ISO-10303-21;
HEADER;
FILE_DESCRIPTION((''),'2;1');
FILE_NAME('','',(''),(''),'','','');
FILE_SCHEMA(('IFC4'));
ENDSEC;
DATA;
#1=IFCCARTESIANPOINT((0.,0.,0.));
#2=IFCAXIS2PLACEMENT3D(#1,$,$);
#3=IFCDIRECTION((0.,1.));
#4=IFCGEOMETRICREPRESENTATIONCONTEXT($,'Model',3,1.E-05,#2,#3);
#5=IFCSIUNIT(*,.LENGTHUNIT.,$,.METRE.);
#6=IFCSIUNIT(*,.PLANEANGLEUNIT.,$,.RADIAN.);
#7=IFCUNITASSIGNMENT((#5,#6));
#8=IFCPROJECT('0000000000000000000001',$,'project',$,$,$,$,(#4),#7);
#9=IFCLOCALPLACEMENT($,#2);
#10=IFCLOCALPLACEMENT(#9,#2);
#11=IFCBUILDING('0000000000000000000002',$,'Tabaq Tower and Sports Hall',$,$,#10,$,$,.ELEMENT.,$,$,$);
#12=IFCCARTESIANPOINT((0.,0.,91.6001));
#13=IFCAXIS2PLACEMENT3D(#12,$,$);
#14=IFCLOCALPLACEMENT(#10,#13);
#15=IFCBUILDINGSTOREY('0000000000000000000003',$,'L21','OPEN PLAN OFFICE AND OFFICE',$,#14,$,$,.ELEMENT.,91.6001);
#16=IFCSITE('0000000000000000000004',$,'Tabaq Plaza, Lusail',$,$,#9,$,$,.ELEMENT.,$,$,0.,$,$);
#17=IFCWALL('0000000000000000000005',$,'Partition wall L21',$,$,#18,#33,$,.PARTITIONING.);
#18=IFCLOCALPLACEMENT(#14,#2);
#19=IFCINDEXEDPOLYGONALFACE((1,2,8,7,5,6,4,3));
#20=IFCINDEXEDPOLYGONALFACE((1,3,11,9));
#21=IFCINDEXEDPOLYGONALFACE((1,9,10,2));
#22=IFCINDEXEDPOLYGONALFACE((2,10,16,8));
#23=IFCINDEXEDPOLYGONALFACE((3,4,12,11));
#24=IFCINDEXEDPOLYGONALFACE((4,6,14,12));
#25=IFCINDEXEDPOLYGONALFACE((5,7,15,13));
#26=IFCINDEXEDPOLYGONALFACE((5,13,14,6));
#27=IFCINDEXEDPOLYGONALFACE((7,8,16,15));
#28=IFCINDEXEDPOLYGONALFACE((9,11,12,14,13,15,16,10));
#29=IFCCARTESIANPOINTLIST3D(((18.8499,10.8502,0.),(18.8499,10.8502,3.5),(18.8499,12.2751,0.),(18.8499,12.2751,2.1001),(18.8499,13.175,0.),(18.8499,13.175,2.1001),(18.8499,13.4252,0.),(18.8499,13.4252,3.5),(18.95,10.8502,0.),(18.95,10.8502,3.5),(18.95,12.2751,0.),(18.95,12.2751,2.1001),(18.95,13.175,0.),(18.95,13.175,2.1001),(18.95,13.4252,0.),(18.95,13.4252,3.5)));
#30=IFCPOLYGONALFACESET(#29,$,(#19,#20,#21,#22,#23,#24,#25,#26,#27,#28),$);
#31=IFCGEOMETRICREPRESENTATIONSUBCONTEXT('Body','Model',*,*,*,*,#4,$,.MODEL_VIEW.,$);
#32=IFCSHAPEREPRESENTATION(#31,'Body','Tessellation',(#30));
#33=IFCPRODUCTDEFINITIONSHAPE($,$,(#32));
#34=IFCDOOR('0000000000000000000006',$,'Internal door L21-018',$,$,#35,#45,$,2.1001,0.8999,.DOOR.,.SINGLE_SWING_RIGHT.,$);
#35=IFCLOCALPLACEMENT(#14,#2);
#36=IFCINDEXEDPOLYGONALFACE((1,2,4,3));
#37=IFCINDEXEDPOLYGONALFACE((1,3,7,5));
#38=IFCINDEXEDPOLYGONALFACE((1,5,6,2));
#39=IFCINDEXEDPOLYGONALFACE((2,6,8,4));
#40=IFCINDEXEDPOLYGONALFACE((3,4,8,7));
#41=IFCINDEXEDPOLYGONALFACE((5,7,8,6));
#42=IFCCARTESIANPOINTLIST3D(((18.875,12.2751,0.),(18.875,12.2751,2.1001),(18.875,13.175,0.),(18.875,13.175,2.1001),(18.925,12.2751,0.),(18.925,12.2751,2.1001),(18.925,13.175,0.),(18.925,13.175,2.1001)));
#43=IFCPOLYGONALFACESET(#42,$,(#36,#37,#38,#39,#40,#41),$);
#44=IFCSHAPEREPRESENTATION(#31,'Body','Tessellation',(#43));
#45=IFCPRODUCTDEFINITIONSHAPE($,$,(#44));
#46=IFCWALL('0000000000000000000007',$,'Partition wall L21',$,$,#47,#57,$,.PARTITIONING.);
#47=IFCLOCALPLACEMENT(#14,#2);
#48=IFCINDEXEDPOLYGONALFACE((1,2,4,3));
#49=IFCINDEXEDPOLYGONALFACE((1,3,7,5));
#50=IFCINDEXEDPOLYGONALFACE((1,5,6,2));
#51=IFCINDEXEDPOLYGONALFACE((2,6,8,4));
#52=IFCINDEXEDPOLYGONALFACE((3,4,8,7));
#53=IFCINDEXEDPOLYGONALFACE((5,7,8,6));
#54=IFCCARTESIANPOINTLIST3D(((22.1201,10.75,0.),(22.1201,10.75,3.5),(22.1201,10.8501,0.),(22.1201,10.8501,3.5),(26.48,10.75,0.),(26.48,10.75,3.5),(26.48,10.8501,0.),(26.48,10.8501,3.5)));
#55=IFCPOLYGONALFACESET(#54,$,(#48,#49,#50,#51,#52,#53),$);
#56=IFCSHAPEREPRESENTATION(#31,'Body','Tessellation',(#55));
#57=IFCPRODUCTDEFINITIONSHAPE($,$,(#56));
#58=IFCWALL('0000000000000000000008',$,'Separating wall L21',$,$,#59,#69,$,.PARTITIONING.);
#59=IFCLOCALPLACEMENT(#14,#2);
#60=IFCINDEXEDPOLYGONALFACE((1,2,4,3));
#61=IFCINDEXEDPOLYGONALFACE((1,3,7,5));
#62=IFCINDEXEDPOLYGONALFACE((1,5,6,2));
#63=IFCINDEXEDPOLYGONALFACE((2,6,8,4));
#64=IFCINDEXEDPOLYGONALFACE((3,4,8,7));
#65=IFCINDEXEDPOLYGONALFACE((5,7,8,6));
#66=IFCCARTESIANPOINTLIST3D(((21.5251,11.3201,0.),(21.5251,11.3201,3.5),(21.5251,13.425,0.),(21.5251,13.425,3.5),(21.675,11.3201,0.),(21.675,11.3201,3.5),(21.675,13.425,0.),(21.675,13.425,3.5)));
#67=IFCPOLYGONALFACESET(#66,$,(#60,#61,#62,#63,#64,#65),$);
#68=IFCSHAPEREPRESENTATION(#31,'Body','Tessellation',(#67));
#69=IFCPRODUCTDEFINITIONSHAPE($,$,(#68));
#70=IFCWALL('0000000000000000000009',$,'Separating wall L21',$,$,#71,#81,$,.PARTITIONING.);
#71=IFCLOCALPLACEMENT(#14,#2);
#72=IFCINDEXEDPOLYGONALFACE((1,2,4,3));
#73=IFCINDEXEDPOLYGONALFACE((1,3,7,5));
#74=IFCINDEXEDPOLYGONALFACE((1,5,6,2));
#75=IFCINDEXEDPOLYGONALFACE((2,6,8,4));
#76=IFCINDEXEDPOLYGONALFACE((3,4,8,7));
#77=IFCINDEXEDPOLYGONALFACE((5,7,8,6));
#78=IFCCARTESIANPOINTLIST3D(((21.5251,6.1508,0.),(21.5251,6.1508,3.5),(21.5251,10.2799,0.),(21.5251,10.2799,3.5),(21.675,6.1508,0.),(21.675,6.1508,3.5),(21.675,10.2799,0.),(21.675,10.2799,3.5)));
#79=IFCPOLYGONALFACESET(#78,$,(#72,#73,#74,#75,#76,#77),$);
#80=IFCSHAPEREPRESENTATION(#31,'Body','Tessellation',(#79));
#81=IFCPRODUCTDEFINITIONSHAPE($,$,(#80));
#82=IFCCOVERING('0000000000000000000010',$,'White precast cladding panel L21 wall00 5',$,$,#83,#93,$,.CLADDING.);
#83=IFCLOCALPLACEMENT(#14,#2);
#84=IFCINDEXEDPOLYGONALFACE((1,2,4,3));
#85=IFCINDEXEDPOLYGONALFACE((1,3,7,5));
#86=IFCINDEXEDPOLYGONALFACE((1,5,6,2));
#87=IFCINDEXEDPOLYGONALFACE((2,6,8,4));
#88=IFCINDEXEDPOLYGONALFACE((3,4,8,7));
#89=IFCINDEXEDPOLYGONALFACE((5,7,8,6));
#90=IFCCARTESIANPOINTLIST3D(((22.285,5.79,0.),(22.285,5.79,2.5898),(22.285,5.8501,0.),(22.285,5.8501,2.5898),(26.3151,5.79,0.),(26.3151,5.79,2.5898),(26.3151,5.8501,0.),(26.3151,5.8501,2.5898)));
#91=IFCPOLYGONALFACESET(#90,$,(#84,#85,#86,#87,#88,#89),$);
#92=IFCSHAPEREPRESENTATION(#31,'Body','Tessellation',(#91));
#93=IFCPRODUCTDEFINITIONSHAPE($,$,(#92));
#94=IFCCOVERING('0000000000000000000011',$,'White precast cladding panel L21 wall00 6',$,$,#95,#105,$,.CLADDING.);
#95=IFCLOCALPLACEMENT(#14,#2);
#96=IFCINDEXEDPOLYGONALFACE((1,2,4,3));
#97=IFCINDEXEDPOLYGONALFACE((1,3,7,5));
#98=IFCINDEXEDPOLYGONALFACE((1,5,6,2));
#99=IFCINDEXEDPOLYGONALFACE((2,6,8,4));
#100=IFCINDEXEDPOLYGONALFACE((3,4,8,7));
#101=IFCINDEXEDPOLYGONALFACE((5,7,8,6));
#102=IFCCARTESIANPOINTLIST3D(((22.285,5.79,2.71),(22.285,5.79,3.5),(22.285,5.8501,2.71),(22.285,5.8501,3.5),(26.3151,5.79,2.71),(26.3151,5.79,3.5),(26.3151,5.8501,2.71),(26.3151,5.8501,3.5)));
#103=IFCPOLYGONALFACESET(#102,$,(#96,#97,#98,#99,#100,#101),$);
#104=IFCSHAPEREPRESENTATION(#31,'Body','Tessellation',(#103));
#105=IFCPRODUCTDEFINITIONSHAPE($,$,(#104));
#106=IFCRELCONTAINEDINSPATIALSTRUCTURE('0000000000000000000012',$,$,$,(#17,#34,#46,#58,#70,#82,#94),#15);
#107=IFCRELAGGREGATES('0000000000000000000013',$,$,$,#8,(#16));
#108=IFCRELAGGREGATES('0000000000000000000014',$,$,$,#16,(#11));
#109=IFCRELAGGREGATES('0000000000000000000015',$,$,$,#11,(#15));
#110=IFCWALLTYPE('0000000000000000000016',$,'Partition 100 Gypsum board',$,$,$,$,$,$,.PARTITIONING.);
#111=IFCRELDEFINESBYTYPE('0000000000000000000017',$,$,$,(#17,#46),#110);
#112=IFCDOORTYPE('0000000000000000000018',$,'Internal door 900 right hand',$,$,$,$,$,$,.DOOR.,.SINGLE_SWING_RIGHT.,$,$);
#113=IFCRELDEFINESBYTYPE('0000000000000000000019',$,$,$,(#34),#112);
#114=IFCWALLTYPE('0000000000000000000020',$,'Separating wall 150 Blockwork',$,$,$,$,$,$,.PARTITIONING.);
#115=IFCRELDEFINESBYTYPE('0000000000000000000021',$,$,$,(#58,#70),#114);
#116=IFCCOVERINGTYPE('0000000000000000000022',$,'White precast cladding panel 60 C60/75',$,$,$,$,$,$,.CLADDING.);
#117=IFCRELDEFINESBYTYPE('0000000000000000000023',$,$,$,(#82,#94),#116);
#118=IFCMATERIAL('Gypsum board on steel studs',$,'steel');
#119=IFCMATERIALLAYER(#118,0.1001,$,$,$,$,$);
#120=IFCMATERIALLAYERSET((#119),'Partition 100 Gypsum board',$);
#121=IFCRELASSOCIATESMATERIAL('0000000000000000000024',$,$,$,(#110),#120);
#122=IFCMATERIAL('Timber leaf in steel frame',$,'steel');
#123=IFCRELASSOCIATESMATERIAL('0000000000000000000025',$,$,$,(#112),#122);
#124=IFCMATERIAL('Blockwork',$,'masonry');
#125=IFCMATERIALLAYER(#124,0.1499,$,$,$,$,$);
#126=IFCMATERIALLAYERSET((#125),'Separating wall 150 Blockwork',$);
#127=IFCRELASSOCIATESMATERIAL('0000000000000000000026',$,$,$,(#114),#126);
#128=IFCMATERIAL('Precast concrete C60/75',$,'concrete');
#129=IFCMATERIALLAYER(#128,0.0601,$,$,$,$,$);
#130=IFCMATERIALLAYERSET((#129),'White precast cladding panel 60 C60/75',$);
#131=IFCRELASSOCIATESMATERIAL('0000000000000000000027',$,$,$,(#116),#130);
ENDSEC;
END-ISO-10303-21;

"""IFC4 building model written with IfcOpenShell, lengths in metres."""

from ifc_helpers import new_model, si_unit, direction, frame, frame_2d, origin, place, context, subcontext, project, spatial, rectangle, extrude, material, layer, layer_set, type_object, element, fill, save


model = new_model("IFC4")

# Units and contexts
model_context = context("Model", 3, precision=1e-05, world=origin(), true_north=direction((0.0, 1.0)))
body_context = subcontext(model_context, "Body", "Model", "MODEL_VIEW")
ifc_project = project(units=[si_unit("LENGTHUNIT", "METRE"), si_unit("PLANEANGLEUNIT", "RADIAN")], contexts=[model_context])

# Site, building, storey
site_placement = place(None, origin())
site = spatial("IfcSite", under=ifc_project, at=site_placement, Name="Tabaq Plaza, Lusail", CompositionType="ELEMENT", RefElevation=0.0)
building_placement = place(site_placement, origin())
building = spatial("IfcBuilding", under=site, at=building_placement, Name="Tabaq Tower and Sports Hall", CompositionType="ELEMENT")
storey_placement = place(building_placement, frame((0.0, 0.0, 91.6001)))
storey = spatial("IfcBuildingStorey", under=building, at=storey_placement, Name="L21", Description="OPEN PLAN OFFICE AND OFFICE", CompositionType="ELEMENT", Elevation=91.6001)

# Wall, opening, door
ifc_material_1 = material(Name="Gypsum board on steel studs", Category="steel")
ifc_layer_1 = layer(ifc_material_1, 0.1001)
ifc_layer_set_1 = layer_set([ifc_layer_1], Name="Partition 100 Gypsum board")
wall_type_1 = type_object("IfcWallType", Name="Partition 100 Gypsum board", PredefinedType="PARTITIONING", material=ifc_layer_set_1)
wall_1_placement = place(storey_placement, frame((18.8999, 10.8501, 0.0), z_axis=(0.0, 0.0, 1.0), x_axis=(0.0, 1.0, 0.0)))
wall_1 = element("IfcWall", 1, at=wall_1_placement, inside=storey, type_object=wall_type_1, Name="Partition wall L21", PredefinedType="PARTITIONING", context=body_context, shape_type="SweptSolid", body=[
    extrude(rectangle(XDim=2.575, YDim=0.1001, at=frame_2d((1.2876, 0.0))), origin(), (0.0, 0.0, 1.0), 3.5),
])
opening_placement = place(wall_1_placement, frame((1.425, 0.0, 0.0)))
opening = element("IfcOpeningElement", 2, at=opening_placement, cuts=wall_1, PredefinedType="OPENING", context=body_context, shape_type="SweptSolid", body=[
    extrude(rectangle(XDim=0.8999, YDim=2.1001, at=frame_2d((0.45, 1.05))), frame((0.0, 0.05, 0.0), z_axis=(0.0, -1.0, 0.0), x_axis=(1.0, 0.0, 0.0)), (0.0, 0.0, 1.0), 0.1001),
])
ifc_material_2 = material(Name="Timber leaf in steel frame", Category="steel")
door_type = type_object("IfcDoorType", Name="Internal door 900 right hand", OperationType="SINGLE_SWING_RIGHT", PredefinedType="DOOR", material=ifc_material_2)
door_placement = place(opening_placement, origin())
door = element("IfcDoor", 3, at=door_placement, inside=storey, type_object=door_type, Name="Internal door L21-018", OperationType="SINGLE_SWING_RIGHT", OverallHeight=2.1001, OverallWidth=0.8999, PredefinedType="DOOR", context=body_context, shape_type="SweptSolid", body=[
    extrude(rectangle(XDim=0.8999, YDim=2.1001, at=frame_2d((0.45, 1.05))), frame((0.0, 0.0249, 0.0), z_axis=(0.0, -1.0, 0.0), x_axis=(1.0, 0.0, 0.0)), (0.0, 0.0, 1.0), 0.05),
])
fill(opening, door)

# Walls
wall_2_placement = place(storey_placement, frame((22.1201, 10.8, 0.0), z_axis=(0.0, 0.0, 1.0), x_axis=(1.0, 0.0, 0.0)))
element("IfcWall", 4, at=wall_2_placement, inside=storey, type_object=wall_type_1, Name="Partition wall L21", PredefinedType="PARTITIONING", context=body_context, shape_type="SweptSolid", body=[
    extrude(rectangle(XDim=4.3599, YDim=0.1001, at=frame_2d((2.1799, 0.0))), origin(), (0.0, 0.0, 1.0), 3.5),
])
ifc_material_3 = material(Name="Blockwork", Category="masonry")
ifc_layer_2 = layer(ifc_material_3, 0.1499)
ifc_layer_set_2 = layer_set([ifc_layer_2], Name="Separating wall 150 Blockwork")
wall_type_2 = type_object("IfcWallType", Name="Separating wall 150 Blockwork", PredefinedType="PARTITIONING", material=ifc_layer_set_2)
wall_3_placement = place(storey_placement, frame((21.6001, 11.3201, 0.0), z_axis=(0.0, 0.0, 1.0), x_axis=(0.0, 1.0, 0.0)))
element("IfcWall", 5, at=wall_3_placement, inside=storey, type_object=wall_type_2, Name="Separating wall L21", PredefinedType="PARTITIONING", context=body_context, shape_type="SweptSolid", body=[
    extrude(rectangle(XDim=2.105, YDim=0.1499, at=frame_2d((1.0525, 0.0))), origin(), (0.0, 0.0, 1.0), 3.5),
])
wall_4_placement = place(storey_placement, frame((21.6001, 6.1509, 0.0), z_axis=(0.0, 0.0, 1.0), x_axis=(0.0, 1.0, 0.0)))
element("IfcWall", 6, at=wall_4_placement, inside=storey, type_object=wall_type_2, Name="Separating wall L21", PredefinedType="PARTITIONING", context=body_context, shape_type="SweptSolid", body=[
    extrude(rectangle(XDim=4.1292, YDim=0.1499, at=frame_2d((2.0645, 0.0))), origin(), (0.0, 0.0, 1.0), 3.5),
])

# Coverings
ifc_material_4 = material(Name="Precast concrete C60/75", Category="concrete")
ifc_layer_3 = layer(ifc_material_4, 0.0601)
ifc_layer_set_3 = layer_set([ifc_layer_3], Name="White precast cladding panel 60 C60/75")
covering_type = type_object("IfcCoveringType", Name="White precast cladding panel 60 C60/75", PredefinedType="CLADDING", material=ifc_layer_set_3)
covering_1_placement = place(storey_placement, frame((22.2849, 5.8201, 0.0), z_axis=(0.0, 0.0, 1.0), x_axis=(1.0, 0.0, 0.0)))
element("IfcCovering", 7, at=covering_1_placement, inside=storey, type_object=covering_type, Name="White precast cladding panel L21 wall00 5", PredefinedType="CLADDING", context=body_context, shape_type="SweptSolid", body=[
    extrude(rectangle(XDim=4.03, YDim=0.0601, at=frame_2d((2.0151, 0.0))), origin(), (0.0, 0.0, 1.0), 2.5898),
])
covering_2_placement = place(storey_placement, frame((22.2849, 5.8201, 2.71), z_axis=(0.0, 0.0, 1.0), x_axis=(1.0, 0.0, 0.0)))
element("IfcCovering", 8, at=covering_2_placement, inside=storey, type_object=covering_type, Name="White precast cladding panel L21 wall00 6", PredefinedType="CLADDING", context=body_context, shape_type="SweptSolid", body=[
    extrude(rectangle(XDim=4.03, YDim=0.0601, at=frame_2d((2.0151, 0.0))), origin(), (0.0, 0.0, 1.0), 0.79),
])

save(model, "model.ifc")
